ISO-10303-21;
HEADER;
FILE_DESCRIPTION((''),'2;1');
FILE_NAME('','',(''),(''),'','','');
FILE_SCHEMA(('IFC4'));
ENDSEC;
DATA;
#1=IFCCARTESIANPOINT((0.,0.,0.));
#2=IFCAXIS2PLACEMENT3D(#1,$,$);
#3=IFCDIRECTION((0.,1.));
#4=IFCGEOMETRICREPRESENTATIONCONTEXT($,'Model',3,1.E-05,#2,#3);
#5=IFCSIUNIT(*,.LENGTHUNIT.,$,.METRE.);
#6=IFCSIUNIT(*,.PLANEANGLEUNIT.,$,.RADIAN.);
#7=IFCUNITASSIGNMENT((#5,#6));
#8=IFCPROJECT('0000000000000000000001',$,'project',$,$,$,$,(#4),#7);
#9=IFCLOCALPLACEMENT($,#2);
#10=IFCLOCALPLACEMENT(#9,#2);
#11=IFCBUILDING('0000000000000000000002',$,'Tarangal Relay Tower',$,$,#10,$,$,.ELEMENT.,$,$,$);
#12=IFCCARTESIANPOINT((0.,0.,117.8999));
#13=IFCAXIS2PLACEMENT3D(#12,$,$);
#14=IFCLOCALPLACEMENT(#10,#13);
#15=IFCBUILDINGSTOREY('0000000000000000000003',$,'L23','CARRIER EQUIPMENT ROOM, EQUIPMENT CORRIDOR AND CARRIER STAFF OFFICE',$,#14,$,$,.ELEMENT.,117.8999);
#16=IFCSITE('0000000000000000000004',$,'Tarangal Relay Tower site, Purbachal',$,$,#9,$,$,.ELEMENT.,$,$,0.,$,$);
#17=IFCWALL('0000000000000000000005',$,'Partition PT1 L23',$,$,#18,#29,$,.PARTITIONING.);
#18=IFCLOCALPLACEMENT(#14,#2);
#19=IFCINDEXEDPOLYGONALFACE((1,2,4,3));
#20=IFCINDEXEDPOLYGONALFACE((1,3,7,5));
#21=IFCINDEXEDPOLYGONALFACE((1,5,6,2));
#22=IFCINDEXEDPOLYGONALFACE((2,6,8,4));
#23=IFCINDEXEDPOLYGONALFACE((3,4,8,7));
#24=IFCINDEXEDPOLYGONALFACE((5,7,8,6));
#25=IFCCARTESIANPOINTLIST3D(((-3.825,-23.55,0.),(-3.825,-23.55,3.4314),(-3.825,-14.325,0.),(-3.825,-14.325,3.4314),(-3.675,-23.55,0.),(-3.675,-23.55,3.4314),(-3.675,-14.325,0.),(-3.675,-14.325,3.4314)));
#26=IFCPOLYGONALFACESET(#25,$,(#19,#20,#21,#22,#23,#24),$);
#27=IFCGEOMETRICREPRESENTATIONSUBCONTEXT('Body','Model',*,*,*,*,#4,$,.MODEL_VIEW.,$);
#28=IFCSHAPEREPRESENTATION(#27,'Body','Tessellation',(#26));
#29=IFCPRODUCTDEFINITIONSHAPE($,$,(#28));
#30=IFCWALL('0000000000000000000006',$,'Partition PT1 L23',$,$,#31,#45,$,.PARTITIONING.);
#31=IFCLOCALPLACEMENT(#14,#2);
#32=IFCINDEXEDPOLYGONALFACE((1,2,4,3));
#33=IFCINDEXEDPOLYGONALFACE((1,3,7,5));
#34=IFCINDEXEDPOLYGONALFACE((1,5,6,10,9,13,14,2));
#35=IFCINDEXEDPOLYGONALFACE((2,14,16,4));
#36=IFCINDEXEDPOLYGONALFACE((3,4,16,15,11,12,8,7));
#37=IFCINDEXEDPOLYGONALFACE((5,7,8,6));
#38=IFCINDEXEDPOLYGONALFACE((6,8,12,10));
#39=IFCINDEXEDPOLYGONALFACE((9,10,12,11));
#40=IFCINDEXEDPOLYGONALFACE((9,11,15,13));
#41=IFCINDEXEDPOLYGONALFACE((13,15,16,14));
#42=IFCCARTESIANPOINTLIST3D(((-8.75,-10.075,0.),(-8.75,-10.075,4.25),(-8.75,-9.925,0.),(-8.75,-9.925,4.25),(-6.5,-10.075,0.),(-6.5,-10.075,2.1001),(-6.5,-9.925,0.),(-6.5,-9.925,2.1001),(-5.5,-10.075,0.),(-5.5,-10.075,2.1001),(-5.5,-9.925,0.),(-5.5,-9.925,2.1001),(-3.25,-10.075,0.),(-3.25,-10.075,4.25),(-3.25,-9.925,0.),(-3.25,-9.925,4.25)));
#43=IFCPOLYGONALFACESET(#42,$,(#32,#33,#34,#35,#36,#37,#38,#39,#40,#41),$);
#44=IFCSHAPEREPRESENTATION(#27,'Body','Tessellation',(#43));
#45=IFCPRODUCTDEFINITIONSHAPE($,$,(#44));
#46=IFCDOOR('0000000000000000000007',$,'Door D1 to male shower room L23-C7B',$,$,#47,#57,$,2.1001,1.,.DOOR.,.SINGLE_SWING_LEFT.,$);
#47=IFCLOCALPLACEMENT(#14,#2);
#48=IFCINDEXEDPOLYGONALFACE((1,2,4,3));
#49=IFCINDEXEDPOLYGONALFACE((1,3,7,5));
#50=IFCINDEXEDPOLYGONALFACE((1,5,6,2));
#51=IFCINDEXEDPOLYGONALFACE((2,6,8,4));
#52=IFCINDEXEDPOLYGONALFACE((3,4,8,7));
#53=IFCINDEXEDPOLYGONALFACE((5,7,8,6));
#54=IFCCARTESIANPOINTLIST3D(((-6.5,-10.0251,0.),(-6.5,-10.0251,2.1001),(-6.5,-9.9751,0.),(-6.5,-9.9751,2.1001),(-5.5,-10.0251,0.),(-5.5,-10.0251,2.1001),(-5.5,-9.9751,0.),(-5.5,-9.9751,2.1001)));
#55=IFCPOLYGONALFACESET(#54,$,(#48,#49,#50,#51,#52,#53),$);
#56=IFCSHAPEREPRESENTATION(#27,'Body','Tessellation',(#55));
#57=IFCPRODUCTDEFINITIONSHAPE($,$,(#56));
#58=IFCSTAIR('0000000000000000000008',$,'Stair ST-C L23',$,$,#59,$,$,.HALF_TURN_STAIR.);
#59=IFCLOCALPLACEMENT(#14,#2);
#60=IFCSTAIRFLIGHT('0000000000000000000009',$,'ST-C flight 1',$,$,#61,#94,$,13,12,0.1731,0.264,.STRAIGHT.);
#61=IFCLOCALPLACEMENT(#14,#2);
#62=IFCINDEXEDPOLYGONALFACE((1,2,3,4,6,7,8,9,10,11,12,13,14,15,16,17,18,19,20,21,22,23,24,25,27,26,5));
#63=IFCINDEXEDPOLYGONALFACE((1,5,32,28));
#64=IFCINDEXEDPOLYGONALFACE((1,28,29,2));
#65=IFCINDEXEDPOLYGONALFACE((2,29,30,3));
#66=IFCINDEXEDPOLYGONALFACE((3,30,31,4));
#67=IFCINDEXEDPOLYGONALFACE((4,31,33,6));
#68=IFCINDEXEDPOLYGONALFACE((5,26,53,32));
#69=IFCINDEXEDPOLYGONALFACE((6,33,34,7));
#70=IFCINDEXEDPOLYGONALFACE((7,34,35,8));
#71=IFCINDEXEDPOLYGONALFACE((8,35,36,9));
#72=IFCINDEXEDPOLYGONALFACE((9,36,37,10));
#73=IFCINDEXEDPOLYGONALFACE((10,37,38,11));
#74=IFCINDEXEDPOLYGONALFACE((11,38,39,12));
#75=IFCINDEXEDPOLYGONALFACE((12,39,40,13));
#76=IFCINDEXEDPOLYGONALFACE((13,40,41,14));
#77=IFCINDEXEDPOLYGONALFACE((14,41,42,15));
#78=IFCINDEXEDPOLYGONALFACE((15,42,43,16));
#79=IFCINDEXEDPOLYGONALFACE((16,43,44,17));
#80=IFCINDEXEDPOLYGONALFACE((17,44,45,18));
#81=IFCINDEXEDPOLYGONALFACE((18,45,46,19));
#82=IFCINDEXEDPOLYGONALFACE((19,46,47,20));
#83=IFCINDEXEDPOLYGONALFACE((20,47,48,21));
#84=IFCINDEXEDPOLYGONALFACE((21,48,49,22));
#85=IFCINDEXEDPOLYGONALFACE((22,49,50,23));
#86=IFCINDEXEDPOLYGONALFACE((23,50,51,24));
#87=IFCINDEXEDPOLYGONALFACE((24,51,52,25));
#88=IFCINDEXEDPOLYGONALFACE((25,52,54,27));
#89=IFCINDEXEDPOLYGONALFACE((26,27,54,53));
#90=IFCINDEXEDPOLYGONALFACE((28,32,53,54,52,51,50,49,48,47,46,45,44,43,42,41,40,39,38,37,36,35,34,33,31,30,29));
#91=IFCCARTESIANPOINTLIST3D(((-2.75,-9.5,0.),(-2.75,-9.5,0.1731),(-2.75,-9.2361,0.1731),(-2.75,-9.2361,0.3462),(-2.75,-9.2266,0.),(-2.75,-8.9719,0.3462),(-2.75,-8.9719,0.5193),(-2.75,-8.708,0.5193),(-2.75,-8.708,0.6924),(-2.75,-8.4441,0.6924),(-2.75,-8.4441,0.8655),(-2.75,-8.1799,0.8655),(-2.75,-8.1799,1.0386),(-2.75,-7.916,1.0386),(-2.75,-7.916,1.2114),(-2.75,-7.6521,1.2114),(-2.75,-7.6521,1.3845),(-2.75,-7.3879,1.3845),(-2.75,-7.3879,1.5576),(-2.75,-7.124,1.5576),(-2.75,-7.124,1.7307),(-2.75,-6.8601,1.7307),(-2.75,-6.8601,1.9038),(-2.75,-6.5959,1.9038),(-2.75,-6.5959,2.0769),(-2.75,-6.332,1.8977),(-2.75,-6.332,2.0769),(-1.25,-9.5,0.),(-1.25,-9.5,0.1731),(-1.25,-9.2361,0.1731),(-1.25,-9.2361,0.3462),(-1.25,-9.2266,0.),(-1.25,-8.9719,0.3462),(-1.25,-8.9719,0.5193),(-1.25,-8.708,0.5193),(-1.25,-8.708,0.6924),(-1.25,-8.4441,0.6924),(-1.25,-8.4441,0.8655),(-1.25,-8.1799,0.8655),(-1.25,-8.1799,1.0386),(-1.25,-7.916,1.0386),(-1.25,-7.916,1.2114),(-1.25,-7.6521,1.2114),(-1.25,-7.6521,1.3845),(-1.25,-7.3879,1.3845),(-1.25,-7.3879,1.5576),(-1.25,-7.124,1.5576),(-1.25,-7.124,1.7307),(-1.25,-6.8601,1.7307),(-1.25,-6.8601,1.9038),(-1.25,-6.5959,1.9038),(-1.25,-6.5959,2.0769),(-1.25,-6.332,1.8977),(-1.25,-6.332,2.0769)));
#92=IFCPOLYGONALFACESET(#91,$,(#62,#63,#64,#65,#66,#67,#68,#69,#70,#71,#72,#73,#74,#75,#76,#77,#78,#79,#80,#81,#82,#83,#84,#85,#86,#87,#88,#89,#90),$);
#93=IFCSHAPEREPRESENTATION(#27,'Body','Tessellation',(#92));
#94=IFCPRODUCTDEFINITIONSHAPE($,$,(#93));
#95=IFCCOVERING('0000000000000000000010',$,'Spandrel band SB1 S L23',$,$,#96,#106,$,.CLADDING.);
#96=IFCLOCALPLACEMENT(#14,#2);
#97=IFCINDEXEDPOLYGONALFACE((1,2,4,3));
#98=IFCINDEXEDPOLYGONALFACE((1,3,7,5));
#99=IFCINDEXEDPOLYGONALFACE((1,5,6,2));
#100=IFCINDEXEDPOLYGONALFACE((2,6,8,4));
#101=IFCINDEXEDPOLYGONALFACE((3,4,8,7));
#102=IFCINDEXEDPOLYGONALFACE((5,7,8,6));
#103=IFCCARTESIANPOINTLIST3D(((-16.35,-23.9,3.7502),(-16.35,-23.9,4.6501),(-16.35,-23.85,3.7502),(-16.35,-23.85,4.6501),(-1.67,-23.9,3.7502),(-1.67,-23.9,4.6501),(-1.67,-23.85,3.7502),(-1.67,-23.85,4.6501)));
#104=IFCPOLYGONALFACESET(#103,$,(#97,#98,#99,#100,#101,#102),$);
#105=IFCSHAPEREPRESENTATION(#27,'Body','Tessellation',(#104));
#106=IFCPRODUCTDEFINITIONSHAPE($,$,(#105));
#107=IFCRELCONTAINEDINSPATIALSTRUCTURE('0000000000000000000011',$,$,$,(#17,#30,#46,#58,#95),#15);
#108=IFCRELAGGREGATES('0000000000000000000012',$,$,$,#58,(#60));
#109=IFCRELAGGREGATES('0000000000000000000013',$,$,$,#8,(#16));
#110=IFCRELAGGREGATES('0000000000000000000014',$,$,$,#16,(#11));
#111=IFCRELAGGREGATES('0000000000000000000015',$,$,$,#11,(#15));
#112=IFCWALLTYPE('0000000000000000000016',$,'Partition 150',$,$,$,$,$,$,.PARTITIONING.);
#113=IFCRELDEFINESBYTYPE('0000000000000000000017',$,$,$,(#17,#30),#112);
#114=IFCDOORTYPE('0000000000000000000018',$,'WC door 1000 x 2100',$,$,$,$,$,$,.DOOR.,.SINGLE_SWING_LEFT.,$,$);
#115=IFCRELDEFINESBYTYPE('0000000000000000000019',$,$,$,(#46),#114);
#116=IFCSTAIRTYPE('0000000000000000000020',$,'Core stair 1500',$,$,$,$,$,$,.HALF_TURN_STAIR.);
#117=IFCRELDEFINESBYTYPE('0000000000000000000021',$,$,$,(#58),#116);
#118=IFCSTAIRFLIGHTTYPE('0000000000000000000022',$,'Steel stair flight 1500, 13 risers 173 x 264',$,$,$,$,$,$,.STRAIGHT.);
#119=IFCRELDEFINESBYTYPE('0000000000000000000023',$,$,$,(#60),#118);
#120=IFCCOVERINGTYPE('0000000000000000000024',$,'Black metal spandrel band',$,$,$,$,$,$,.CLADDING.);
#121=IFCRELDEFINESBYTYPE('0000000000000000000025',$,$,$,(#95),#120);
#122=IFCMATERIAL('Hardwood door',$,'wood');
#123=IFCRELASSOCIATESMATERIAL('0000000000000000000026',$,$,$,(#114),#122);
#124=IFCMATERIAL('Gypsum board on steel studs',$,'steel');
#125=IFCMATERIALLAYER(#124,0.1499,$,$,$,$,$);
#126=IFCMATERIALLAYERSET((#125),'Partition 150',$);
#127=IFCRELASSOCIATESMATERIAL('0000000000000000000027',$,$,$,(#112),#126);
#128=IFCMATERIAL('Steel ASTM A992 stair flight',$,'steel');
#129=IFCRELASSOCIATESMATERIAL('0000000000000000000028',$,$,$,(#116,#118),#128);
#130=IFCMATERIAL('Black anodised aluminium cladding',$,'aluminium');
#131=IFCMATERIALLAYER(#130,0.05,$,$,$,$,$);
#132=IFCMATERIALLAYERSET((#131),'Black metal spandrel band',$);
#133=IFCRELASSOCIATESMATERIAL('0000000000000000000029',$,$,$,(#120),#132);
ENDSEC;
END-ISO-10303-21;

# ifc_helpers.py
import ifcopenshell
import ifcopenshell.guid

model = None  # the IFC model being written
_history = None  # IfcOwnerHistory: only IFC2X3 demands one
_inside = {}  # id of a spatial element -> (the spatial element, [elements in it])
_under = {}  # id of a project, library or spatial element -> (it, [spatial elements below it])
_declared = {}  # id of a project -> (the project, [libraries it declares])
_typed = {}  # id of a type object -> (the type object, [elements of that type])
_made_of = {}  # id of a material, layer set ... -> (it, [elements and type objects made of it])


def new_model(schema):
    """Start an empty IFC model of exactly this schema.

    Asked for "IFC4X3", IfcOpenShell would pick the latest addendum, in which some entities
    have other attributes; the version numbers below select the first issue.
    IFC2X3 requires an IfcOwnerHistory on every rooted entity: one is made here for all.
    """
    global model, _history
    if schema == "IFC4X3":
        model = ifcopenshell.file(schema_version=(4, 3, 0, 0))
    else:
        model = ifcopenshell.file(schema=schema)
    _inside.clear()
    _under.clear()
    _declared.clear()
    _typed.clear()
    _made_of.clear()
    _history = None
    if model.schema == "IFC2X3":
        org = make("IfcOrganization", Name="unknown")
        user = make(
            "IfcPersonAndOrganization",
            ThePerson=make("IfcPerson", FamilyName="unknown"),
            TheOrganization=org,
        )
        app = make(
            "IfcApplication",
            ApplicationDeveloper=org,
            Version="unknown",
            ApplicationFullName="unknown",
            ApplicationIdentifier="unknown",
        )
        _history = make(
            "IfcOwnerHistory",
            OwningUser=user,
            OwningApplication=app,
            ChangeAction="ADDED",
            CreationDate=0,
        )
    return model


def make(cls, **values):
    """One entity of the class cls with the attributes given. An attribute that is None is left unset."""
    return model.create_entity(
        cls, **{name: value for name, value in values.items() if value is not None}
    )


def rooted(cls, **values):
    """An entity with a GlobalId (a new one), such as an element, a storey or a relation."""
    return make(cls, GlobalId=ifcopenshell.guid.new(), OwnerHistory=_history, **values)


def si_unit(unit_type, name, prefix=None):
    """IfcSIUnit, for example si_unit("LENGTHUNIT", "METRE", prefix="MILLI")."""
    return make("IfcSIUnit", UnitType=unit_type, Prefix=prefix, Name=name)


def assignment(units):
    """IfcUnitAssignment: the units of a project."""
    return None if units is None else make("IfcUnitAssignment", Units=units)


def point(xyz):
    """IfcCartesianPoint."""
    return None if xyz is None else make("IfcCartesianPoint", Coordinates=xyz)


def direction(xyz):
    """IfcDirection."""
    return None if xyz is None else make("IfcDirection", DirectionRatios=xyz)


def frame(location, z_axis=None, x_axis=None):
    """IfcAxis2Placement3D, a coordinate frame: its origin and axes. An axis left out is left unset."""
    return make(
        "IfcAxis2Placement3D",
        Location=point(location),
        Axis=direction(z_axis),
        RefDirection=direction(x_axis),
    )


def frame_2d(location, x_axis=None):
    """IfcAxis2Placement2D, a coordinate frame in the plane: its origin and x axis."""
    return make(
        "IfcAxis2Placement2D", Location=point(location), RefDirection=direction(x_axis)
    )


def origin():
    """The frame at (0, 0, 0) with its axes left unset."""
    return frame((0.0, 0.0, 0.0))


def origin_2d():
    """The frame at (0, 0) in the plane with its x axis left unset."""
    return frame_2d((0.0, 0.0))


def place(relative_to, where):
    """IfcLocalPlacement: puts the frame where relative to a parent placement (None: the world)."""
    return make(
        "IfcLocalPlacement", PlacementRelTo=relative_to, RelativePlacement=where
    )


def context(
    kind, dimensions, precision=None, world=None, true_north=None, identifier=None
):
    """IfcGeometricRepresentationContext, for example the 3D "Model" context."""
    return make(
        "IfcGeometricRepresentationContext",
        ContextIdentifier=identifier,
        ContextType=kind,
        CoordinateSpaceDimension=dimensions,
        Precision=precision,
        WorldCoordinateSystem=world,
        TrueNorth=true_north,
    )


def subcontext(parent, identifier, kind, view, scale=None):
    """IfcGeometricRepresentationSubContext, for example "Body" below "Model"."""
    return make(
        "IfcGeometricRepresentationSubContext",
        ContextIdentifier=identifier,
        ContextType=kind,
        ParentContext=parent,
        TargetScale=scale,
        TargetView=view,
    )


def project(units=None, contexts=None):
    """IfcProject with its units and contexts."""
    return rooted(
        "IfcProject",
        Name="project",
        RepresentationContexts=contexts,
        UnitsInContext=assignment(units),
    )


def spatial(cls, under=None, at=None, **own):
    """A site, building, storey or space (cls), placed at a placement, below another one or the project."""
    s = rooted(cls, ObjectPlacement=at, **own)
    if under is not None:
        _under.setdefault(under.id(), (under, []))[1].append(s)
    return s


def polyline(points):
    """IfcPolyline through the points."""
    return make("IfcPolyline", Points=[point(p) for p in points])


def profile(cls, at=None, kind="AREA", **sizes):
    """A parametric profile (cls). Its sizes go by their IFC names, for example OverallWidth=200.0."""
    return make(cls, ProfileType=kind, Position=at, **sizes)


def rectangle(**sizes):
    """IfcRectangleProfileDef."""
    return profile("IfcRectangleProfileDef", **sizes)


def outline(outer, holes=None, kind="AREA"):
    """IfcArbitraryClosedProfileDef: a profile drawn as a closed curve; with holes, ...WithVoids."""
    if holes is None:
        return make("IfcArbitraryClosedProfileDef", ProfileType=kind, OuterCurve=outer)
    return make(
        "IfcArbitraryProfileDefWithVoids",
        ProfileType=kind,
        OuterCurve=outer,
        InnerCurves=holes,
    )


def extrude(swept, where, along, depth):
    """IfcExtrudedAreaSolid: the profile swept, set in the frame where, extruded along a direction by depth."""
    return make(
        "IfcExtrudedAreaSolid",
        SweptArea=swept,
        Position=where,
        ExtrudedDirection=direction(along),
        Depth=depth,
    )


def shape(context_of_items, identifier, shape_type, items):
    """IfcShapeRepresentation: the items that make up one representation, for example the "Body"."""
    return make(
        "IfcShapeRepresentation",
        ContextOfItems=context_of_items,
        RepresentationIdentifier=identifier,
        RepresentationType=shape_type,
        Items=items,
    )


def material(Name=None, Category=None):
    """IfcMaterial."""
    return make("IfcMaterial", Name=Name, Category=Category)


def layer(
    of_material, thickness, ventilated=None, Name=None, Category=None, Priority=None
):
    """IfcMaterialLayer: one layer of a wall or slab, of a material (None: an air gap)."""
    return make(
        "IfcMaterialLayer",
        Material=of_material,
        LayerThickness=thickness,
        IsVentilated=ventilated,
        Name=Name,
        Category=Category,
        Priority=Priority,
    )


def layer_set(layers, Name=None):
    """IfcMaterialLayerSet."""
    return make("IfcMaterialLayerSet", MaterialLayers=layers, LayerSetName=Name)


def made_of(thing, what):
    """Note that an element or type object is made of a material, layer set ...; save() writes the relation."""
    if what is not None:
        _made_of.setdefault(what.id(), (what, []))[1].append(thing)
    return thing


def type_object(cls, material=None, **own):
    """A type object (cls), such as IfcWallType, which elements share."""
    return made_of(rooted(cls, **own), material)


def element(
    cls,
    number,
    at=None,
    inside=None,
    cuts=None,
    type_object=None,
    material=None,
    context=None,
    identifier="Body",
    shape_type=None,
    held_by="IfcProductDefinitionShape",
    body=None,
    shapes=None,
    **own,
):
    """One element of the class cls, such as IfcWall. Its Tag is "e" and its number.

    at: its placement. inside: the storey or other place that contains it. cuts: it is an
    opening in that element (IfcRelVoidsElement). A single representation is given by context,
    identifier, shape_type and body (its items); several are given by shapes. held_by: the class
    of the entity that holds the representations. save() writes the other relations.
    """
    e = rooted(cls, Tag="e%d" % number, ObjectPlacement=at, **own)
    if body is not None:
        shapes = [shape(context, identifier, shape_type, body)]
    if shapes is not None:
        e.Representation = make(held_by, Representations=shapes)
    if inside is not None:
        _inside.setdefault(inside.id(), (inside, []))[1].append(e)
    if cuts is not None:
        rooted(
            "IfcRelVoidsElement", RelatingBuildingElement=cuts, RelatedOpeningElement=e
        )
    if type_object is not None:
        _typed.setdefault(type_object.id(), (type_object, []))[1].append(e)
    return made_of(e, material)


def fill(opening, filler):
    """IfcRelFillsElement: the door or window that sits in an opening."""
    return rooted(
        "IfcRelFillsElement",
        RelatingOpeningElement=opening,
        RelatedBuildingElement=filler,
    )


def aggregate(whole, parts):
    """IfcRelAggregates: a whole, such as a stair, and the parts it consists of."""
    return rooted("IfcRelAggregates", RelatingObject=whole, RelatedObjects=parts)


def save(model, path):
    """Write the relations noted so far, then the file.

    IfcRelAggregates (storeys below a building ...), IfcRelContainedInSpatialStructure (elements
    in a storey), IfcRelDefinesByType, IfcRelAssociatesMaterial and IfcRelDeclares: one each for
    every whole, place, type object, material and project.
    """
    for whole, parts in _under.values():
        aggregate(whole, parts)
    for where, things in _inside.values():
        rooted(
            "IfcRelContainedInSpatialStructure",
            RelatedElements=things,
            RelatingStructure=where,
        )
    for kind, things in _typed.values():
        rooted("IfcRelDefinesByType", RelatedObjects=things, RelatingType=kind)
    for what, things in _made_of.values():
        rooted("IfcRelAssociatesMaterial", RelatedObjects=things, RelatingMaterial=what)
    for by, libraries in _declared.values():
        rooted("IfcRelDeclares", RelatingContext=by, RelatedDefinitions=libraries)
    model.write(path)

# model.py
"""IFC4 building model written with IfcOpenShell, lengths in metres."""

from ifc_helpers import new_model, si_unit, direction, frame, frame_2d, origin, origin_2d, place, context, subcontext, project, spatial, polyline, rectangle, outline, extrude, material, layer, layer_set, type_object, element, fill, aggregate, save


model = new_model("IFC4")

# Units and contexts
model_context = context("Model", 3, precision=1e-05, world=origin(), true_north=direction((0.0, 1.0)))
body_context = subcontext(model_context, "Body", "Model", "MODEL_VIEW")
ifc_project = project(units=[si_unit("LENGTHUNIT", "METRE"), si_unit("PLANEANGLEUNIT", "RADIAN")], contexts=[model_context])

# Site, building, storey
site_placement = place(None, origin())
site = spatial("IfcSite", under=ifc_project, at=site_placement, Name="Tarangal Relay Tower site, Purbachal", CompositionType="ELEMENT", RefElevation=0.0)
building_placement = place(site_placement, origin())
building = spatial("IfcBuilding", under=site, at=building_placement, Name="Tarangal Relay Tower", CompositionType="ELEMENT")
storey_placement = place(building_placement, frame((0.0, 0.0, 117.8999)))
storey = spatial("IfcBuildingStorey", under=building, at=storey_placement, Name="L23", Description="CARRIER EQUIPMENT ROOM, EQUIPMENT CORRIDOR AND CARRIER STAFF OFFICE", CompositionType="ELEMENT", Elevation=117.8999)

# Shared definitions
ifc_material_1 = material(Name="Hardwood door", Category="wood")
door_type_1 = type_object("IfcDoorType", Name="WC door 1000 x 2100", OperationType="SINGLE_SWING_LEFT", PredefinedType="DOOR", material=ifc_material_1)

# Wall
ifc_material_2 = material(Name="Gypsum board on steel studs", Category="steel")
ifc_layer_1 = layer(ifc_material_2, 0.1499)
ifc_layer_set_1 = layer_set([ifc_layer_1], Name="Partition 150")
wall_type_1 = type_object("IfcWallType", Name="Partition 150", PredefinedType="PARTITIONING", material=ifc_layer_set_1)
for number, where, z_axis, x_axis, name in (
    (1, (-3.75, -23.55, 0.0), (0.0, 0.0, 1.0), (0.0, 1.0, 0.0), "Partition PT1 L23"),
):
    element("IfcWall", number, at=place(storey_placement, frame(where, z_axis=z_axis, x_axis=x_axis)), inside=storey, type_object=wall_type_1, Name=name, PredefinedType="PARTITIONING", context=body_context, shape_type="SweptSolid", body=[
        extrude(rectangle(XDim=9.2251, YDim=0.1499, at=frame_2d((4.6125, 0.0))), origin(), (0.0, 0.0, 1.0), 3.4314),
    ])

# Wall, opening, door
wall_1_placement = place(storey_placement, frame((-8.75, -10.0, 0.0), z_axis=(0.0, 0.0, 1.0), x_axis=(1.0, 0.0, 0.0)))
wall_1 = element("IfcWall", 2, at=wall_1_placement, inside=storey, type_object=wall_type_1, Name="Partition PT1 L23", PredefinedType="PARTITIONING", context=body_context, shape_type="SweptSolid", body=[
    extrude(rectangle(XDim=5.5, YDim=0.1499, at=frame_2d((2.75, 0.0))), origin(), (0.0, 0.0, 1.0), 4.25),
])
opening_1_placement = place(wall_1_placement, frame((2.25, 0.0, 0.0)))
opening_1 = element("IfcOpeningElement", 3, at=opening_1_placement, cuts=wall_1, PredefinedType="OPENING", context=body_context, shape_type="SweptSolid", body=[
    extrude(rectangle(XDim=1.0, YDim=2.1001, at=frame_2d((0.5, 1.05))), frame((0.0, 0.085, 0.0), z_axis=(0.0, -1.0, 0.0), x_axis=(1.0, 0.0, 0.0)), (0.0, 0.0, 1.0), 0.1699),
])
door_1_placement = place(opening_1_placement, origin())
door_1 = element("IfcDoor", 4, at=door_1_placement, inside=storey, type_object=door_type_1, Name="Door D1 to male shower room L23-C7B", OperationType="SINGLE_SWING_LEFT", OverallHeight=2.1001, OverallWidth=1.0, PredefinedType="DOOR", context=body_context, shape_type="SweptSolid", body=[
    extrude(rectangle(XDim=1.0, YDim=2.1001, at=frame_2d((0.5, 1.05))), frame((0.0, 0.0249, 0.0), z_axis=(0.0, -1.0, 0.0), x_axis=(1.0, 0.0, 0.0)), (0.0, 0.0, 1.0), 0.05),
])
fill(opening_1, door_1)

# Stair, stair flight
ifc_material_3 = material(Name="Steel ASTM A992 stair flight", Category="steel")
stair_type = type_object("IfcStairType", Name="Core stair 1500", PredefinedType="HALF_TURN_STAIR", material=ifc_material_3)
stair_placement = place(storey_placement, origin())
stair = element("IfcStair", 5, at=stair_placement, inside=storey, type_object=stair_type, Name="Stair ST-C L23", PredefinedType="HALF_TURN_STAIR")
stair_flight_type = type_object("IfcStairFlightType", Name="Steel stair flight 1500, 13 risers 173 x 264", PredefinedType="STRAIGHT", material=ifc_material_3)
stair_flight_placement = place(storey_placement, frame((-2.0, -9.5, 0.0), z_axis=(0.0, 0.0, 1.0), x_axis=(0.0, 1.0, 0.0)))
stair_flight = element("IfcStairFlight", 6, at=stair_flight_placement, type_object=stair_flight_type, Name="ST-C flight 1", NumberOfRisers=13, NumberOfTreads=12, PredefinedType="STRAIGHT", RiserHeight=0.1731, TreadLength=0.264, context=body_context, shape_type="SweptSolid", body=[
    extrude(outline(polyline([(0.0, 0.0), (0.0, 0.1731), (0.2639, 0.1731), (0.2639, 0.3462), (0.5281, 0.3462), (0.5281, 0.5193), (0.792, 0.5193), (0.792, 0.6924), (1.0559, 0.6924), (1.0559, 0.8655), (1.3201, 0.8655), (1.3201, 1.0386), (1.584, 1.0386), (1.584, 1.2114), (1.8479, 1.2114), (1.8479, 1.3845), (2.1121, 1.3845), (2.1121, 1.5576), (2.376, 1.5576), (2.376, 1.7307), (2.6399, 1.7307), (2.6399, 1.9038), (2.9041, 1.9038), (2.9041, 2.0769), (3.168, 2.0769), (3.168, 2.25), (3.168, 1.8977), (0.2734, 0.0), (0.0, 0.0)])), frame((0.0, 0.75, 0.0), z_axis=(0.0, -1.0, 0.0), x_axis=(1.0, 0.0, 0.0)), (0.0, 0.0, 1.0), 1.5),
])
aggregate(stair, [stair_flight])

# Covering
ifc_material_4 = material(Name="Black anodised aluminium cladding", Category="aluminium")
ifc_layer_2 = layer(ifc_material_4, 0.05)
ifc_layer_set_2 = layer_set([ifc_layer_2], Name="Black metal spandrel band")
covering_type = type_object("IfcCoveringType", Name="Black metal spandrel band", PredefinedType="CLADDING", material=ifc_layer_set_2)
covering_placement = place(storey_placement, frame((-9.01, -23.875, 3.7502), z_axis=(0.0, 0.0, 1.0), x_axis=(-1.0, 0.0, 0.0)))
element("IfcCovering", 7, at=covering_placement, inside=storey, type_object=covering_type, Name="Spandrel band SB1 S L23", PredefinedType="CLADDING", context=body_context, shape_type="SweptSolid", body=[
    extrude(rectangle(XDim=14.6799, YDim=0.05, at=origin_2d()), origin(), (0.0, 0.0, 1.0), 0.8999),
])

save(model, "model.ifc")
